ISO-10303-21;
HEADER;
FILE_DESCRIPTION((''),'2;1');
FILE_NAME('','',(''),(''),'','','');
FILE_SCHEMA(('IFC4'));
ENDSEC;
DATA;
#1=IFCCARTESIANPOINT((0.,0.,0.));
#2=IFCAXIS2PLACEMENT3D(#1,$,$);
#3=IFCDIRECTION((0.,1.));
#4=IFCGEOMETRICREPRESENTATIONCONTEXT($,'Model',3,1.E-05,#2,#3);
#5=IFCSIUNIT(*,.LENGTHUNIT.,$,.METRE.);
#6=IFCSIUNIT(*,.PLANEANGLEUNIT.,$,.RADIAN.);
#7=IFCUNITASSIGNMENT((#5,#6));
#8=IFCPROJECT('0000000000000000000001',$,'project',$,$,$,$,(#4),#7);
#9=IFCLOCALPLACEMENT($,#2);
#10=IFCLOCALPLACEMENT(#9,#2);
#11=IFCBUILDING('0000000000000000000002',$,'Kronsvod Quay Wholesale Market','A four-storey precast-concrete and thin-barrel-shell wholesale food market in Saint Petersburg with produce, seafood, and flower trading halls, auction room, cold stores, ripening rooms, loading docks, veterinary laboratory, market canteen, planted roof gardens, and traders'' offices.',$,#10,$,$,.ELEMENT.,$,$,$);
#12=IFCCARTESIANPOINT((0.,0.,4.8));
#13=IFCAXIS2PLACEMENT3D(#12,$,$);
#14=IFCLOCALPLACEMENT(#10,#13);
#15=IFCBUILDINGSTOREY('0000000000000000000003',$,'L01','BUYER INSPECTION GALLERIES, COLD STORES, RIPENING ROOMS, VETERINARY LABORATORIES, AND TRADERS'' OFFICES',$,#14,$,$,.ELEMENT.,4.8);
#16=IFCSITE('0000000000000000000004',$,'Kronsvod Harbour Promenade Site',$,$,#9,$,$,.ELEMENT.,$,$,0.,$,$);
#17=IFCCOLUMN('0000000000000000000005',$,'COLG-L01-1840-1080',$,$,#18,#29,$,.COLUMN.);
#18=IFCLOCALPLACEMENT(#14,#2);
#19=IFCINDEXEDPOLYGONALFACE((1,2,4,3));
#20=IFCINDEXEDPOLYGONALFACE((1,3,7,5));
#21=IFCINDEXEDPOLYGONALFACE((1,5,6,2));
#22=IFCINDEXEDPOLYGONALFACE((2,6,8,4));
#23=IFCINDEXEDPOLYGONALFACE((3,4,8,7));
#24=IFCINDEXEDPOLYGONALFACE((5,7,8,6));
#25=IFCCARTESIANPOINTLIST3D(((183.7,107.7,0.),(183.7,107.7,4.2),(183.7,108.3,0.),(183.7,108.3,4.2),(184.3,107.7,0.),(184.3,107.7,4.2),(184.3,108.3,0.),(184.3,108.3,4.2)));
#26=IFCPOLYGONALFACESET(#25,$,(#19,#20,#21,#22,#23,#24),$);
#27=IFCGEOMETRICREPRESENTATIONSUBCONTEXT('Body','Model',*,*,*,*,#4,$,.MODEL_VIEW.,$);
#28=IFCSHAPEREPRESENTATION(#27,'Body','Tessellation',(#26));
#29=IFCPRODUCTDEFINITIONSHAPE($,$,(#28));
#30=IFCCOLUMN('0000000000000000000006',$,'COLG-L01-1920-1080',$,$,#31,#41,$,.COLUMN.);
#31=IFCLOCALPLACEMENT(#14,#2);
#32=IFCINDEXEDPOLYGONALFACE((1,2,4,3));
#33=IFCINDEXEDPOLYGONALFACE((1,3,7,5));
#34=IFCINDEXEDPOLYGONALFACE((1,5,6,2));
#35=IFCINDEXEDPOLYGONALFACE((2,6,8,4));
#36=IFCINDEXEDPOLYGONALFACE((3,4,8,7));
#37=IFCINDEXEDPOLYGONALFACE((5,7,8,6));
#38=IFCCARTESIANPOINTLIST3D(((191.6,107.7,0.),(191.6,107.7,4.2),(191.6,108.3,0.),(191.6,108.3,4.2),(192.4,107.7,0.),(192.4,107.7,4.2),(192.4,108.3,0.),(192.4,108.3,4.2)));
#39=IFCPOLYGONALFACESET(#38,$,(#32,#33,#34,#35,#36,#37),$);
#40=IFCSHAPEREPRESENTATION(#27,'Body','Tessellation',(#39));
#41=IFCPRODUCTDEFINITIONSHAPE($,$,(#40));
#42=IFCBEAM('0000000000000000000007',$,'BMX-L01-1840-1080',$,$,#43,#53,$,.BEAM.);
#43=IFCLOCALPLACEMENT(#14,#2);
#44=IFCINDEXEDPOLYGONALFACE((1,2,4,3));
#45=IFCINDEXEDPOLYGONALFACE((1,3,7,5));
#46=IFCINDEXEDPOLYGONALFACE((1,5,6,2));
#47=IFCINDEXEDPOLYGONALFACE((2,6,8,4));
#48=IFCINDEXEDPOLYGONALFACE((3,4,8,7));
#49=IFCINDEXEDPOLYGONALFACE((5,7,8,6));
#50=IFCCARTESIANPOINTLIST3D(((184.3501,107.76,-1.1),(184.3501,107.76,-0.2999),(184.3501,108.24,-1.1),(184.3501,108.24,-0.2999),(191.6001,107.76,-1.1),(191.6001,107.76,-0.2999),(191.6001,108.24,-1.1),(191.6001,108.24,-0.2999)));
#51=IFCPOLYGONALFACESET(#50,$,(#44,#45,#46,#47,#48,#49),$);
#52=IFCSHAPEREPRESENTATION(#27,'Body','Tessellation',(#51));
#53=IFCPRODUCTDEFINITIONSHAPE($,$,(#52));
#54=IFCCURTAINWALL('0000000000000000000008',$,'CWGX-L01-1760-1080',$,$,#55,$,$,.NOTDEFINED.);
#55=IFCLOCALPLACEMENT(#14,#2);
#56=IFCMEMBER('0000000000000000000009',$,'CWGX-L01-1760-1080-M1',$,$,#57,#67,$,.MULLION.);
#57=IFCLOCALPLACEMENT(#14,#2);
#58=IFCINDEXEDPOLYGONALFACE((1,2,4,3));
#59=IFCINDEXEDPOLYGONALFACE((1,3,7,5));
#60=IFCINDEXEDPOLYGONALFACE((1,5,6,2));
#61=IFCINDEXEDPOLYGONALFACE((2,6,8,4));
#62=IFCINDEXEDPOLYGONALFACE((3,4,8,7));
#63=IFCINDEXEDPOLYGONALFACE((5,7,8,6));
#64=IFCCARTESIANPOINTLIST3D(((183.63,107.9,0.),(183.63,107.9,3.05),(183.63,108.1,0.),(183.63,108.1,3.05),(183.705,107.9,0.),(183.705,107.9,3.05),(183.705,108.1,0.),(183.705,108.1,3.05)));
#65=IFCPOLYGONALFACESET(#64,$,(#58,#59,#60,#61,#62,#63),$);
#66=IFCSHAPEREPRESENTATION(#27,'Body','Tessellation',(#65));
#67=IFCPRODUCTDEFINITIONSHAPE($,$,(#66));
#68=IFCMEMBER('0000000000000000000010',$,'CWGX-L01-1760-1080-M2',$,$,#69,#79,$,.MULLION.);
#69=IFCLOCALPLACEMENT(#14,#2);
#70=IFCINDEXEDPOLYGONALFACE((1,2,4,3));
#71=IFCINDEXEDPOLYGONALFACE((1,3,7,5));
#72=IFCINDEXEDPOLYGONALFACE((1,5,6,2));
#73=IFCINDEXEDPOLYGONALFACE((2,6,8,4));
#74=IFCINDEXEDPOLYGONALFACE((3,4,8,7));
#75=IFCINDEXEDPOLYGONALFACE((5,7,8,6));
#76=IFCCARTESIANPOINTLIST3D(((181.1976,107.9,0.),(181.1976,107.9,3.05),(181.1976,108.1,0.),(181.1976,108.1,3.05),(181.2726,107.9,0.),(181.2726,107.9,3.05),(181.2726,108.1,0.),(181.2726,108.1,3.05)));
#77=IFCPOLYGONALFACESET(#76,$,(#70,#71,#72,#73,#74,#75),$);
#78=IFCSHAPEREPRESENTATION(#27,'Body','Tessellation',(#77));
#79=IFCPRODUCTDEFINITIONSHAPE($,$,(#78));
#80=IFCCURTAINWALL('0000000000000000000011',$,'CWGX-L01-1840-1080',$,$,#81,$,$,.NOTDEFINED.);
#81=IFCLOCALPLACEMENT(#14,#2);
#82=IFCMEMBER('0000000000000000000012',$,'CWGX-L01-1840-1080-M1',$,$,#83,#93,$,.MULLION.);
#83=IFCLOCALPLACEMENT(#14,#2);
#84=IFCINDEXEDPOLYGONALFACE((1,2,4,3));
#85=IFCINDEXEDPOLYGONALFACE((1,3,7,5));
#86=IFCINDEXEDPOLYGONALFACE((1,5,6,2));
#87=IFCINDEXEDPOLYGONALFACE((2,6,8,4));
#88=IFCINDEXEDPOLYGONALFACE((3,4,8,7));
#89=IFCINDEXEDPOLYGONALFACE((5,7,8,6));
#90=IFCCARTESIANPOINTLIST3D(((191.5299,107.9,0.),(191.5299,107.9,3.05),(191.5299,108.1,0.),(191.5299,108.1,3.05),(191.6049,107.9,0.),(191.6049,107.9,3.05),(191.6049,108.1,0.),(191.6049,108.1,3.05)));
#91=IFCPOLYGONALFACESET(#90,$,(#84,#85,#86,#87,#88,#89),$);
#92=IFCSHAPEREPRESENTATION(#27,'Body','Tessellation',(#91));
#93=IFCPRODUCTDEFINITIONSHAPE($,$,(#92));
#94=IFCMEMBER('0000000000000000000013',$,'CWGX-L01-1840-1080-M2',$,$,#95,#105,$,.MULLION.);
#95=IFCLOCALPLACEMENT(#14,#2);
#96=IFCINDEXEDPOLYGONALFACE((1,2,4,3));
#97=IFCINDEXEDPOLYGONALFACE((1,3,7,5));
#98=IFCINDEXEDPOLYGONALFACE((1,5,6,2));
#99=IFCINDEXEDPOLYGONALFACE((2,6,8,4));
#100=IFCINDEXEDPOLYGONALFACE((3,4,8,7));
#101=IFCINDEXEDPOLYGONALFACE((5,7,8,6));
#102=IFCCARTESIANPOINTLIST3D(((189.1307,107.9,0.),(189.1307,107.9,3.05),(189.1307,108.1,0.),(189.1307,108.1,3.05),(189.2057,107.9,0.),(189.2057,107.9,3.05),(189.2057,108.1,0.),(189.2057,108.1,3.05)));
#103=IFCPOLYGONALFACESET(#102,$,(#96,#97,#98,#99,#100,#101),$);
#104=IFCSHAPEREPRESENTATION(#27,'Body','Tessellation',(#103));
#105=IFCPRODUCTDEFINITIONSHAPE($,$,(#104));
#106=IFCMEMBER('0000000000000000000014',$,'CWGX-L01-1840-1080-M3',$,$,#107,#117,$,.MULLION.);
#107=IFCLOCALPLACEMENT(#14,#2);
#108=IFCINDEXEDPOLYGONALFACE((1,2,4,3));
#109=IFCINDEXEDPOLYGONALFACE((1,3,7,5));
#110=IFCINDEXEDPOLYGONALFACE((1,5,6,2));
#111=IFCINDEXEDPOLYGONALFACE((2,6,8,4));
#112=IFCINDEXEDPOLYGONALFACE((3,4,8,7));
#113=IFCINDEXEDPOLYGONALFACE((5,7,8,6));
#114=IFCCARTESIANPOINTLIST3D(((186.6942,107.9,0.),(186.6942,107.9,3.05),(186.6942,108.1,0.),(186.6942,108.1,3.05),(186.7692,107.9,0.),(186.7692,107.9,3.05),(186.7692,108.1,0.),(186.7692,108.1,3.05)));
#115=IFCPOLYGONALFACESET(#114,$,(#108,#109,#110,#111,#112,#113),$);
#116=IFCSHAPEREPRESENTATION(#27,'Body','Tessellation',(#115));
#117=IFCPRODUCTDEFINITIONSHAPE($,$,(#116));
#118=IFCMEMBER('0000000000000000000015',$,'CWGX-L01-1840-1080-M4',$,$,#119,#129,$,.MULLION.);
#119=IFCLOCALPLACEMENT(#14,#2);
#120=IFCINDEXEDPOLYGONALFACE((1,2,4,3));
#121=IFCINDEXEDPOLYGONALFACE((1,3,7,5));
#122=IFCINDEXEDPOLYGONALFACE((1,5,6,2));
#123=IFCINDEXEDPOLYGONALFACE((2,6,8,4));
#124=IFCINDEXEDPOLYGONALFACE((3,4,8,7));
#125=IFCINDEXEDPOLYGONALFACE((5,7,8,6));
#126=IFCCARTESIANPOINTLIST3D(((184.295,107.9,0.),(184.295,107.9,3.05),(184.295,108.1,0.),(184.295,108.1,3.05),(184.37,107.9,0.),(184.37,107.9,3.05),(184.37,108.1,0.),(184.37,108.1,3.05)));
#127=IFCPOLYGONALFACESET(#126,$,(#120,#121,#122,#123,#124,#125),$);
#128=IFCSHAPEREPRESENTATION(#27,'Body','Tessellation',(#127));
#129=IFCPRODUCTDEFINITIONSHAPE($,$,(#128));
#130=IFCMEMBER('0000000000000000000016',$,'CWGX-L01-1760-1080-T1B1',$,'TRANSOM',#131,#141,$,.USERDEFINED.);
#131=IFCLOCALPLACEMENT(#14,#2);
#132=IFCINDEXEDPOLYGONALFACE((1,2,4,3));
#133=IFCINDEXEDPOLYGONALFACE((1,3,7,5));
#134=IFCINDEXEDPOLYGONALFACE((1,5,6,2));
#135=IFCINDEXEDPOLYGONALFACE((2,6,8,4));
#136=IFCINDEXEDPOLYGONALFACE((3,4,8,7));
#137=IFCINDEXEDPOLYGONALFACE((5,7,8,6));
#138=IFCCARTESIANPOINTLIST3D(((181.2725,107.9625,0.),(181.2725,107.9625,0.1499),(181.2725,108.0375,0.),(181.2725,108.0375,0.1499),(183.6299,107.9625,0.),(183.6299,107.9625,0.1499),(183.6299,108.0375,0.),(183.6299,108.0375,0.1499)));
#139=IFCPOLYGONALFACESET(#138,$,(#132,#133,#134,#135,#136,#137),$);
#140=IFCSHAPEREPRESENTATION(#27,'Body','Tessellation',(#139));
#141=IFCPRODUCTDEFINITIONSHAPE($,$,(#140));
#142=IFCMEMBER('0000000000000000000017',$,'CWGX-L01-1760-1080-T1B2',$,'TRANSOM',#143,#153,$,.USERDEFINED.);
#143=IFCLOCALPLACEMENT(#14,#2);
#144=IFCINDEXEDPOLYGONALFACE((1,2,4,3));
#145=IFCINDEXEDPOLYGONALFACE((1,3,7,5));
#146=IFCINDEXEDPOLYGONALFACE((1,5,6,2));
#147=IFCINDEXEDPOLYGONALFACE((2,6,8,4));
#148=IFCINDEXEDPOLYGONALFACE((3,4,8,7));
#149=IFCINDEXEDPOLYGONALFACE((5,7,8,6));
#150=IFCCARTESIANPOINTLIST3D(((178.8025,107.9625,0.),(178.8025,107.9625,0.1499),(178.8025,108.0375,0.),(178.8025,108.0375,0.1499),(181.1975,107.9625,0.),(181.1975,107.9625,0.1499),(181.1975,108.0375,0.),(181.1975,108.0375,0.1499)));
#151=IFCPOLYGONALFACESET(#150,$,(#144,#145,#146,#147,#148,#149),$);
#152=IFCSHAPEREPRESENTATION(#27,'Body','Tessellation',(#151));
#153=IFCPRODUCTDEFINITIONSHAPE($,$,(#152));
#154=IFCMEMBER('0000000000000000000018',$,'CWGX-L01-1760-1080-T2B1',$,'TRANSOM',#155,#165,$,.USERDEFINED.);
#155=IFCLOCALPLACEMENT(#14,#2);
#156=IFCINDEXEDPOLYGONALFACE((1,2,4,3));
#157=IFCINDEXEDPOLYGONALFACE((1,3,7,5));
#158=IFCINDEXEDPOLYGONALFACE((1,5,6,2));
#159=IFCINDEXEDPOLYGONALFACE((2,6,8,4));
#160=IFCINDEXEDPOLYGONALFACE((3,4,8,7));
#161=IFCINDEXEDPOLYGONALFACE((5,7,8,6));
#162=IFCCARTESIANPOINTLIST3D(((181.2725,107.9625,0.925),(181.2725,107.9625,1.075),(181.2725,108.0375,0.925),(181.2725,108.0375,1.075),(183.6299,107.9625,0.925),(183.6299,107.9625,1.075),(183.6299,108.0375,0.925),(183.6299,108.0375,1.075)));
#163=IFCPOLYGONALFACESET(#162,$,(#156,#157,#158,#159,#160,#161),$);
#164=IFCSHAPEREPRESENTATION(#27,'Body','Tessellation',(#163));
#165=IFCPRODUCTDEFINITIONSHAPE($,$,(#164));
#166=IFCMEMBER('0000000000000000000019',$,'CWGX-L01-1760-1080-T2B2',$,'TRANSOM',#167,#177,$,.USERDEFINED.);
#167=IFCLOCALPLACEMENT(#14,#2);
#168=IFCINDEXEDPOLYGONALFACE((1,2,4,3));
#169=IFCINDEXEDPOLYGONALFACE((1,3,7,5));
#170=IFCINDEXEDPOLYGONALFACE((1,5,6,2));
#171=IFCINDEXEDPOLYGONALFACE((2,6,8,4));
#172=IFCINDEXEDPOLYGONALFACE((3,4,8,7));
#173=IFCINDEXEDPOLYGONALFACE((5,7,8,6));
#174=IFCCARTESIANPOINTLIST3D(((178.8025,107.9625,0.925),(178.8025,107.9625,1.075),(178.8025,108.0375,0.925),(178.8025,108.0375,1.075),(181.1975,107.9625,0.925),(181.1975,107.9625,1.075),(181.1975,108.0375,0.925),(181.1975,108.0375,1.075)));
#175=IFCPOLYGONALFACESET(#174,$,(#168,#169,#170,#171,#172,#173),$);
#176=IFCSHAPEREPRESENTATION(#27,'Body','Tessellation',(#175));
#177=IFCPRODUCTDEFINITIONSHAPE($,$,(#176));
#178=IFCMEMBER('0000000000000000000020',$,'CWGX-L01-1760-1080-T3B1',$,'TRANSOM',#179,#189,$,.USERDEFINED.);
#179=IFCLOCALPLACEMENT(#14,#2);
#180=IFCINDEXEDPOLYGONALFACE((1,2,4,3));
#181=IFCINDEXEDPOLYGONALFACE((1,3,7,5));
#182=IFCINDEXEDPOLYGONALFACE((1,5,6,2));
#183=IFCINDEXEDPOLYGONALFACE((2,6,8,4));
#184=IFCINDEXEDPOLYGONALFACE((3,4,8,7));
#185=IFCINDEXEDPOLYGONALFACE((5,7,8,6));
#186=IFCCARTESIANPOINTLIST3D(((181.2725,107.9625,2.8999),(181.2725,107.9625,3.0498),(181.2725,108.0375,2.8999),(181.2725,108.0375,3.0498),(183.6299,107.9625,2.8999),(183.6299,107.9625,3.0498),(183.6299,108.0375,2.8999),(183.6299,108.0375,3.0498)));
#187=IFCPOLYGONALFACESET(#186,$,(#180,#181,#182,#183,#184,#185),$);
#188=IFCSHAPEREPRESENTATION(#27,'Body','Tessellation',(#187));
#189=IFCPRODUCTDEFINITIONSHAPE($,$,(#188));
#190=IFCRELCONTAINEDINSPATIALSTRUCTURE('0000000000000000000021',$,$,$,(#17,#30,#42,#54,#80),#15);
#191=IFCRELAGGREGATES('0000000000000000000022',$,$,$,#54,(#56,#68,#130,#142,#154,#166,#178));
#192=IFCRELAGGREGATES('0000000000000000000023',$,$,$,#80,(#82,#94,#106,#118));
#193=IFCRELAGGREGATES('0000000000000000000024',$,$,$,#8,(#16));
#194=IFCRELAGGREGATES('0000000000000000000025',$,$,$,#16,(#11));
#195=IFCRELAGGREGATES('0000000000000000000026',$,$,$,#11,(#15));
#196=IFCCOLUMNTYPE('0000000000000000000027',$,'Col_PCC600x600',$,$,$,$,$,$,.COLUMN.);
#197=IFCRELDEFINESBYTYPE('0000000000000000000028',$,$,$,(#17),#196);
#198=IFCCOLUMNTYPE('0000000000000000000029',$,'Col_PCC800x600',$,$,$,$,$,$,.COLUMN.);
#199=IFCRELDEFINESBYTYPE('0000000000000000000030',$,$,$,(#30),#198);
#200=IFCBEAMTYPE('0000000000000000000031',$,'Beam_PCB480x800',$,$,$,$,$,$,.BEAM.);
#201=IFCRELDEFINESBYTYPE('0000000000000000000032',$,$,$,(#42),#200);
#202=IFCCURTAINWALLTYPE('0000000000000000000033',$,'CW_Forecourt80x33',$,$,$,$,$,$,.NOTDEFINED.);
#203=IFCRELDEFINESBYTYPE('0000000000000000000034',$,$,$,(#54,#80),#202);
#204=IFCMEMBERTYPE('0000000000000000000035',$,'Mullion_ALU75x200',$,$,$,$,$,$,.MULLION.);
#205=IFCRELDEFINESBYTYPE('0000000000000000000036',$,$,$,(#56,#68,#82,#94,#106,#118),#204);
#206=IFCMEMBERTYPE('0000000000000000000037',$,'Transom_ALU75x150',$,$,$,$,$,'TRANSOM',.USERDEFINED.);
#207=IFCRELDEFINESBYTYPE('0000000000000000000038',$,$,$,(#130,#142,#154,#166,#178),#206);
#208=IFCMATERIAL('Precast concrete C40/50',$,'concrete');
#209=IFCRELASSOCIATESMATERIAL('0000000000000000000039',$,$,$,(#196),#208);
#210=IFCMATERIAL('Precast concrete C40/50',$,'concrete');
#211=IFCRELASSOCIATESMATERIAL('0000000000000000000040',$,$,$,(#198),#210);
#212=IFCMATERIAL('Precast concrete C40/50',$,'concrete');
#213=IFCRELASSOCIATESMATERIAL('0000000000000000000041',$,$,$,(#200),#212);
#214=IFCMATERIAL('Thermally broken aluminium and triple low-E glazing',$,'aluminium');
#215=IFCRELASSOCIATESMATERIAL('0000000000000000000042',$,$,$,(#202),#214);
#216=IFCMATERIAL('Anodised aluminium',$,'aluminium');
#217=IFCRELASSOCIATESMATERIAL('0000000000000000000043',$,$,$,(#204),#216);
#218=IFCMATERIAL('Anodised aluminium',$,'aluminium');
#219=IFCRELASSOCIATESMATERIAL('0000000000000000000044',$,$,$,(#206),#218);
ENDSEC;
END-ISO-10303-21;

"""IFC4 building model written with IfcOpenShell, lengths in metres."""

from ifc_helpers import new_model, si_unit, direction, frame, origin, origin_2d, place, context, subcontext, project, spatial, rectangle, extrude, material, material_profile, profile_set, type_object, element, aggregate, save


model = new_model("IFC4")

# Units and contexts
model_context = context("Model", 3, precision=1e-05, world=origin(), true_north=direction((0.0, 1.0)))
body_context = subcontext(model_context, "Body", "Model", "MODEL_VIEW")
ifc_project = project(units=[si_unit("LENGTHUNIT", "METRE"), si_unit("PLANEANGLEUNIT", "RADIAN")], contexts=[model_context])

# Site, building, storey
site_placement = place(None, origin())
site = spatial("IfcSite", under=ifc_project, at=site_placement, Name="Kronsvod Harbour Promenade Site", CompositionType="ELEMENT", RefElevation=0.0)
building_placement = place(site_placement, origin())
building = spatial("IfcBuilding", under=site, at=building_placement, Name="Kronsvod Quay Wholesale Market", Description="A four-storey precast-concrete and thin-barrel-shell wholesale food market in Saint Petersburg with produce, seafood, and flower trading halls, auction room, cold stores, ripening rooms, loading docks, veterinary laboratory, market canteen, planted roof gardens, and traders' offices.", CompositionType="ELEMENT")
storey_placement = place(building_placement, frame((0.0, 0.0, 4.8)))
storey = spatial("IfcBuildingStorey", under=building, at=storey_placement, Name="L01", Description="BUYER INSPECTION GALLERIES, COLD STORES, RIPENING ROOMS, VETERINARY LABORATORIES, AND TRADERS' OFFICES", CompositionType="ELEMENT", Elevation=4.8)

# Columns
ifc_material_1 = material(Name="Precast concrete C40/50", Category="concrete")
ifc_material_profile_1 = material_profile(ifc_material_1, rectangle(XDim=0.6001, YDim=0.6001, at=origin_2d()), Name="PCC600x600")
ifc_profile_set_1 = profile_set([ifc_material_profile_1], Name="Precast concrete C40/50")
column_type_1 = type_object("IfcColumnType", Name="Col_PCC600x600", PredefinedType="COLUMN", material=ifc_profile_set_1)
column_1_placement = place(storey_placement, frame((184.0, 108.0, 0.0), z_axis=(0.0, 0.0, 1.0), x_axis=(1.0, 0.0, 0.0)))
element("IfcColumn", 1, at=column_1_placement, inside=storey, type_object=column_type_1, Name="COLG-L01-1840-1080", PredefinedType="COLUMN", context=body_context, shape_type="SweptSolid", body=[
    extrude(rectangle(XDim=0.6001, YDim=0.6001, at=origin_2d()), origin(), (0.0, 0.0, 1.0), 4.2),
])
ifc_material_2 = material(Name="Precast concrete C40/50", Category="concrete")
ifc_material_profile_2 = material_profile(ifc_material_2, rectangle(XDim=0.8, YDim=0.6001, at=origin_2d()), Name="PCC800x600")
ifc_profile_set_2 = profile_set([ifc_material_profile_2], Name="Precast concrete C40/50")
column_type_2 = type_object("IfcColumnType", Name="Col_PCC800x600", PredefinedType="COLUMN", material=ifc_profile_set_2)
column_2_placement = place(storey_placement, frame((192.0, 108.0, 0.0), z_axis=(0.0, 0.0, 1.0), x_axis=(1.0, 0.0, 0.0)))
element("IfcColumn", 2, at=column_2_placement, inside=storey, type_object=column_type_2, Name="COLG-L01-1920-1080", PredefinedType="COLUMN", context=body_context, shape_type="SweptSolid", body=[
    extrude(rectangle(XDim=0.8, YDim=0.6001, at=origin_2d()), origin(), (0.0, 0.0, 1.0), 4.2),
])

# Beam
ifc_material_3 = material(Name="Precast concrete C40/50", Category="concrete")
ifc_material_profile_3 = material_profile(ifc_material_3, rectangle(XDim=0.48, YDim=0.8, at=origin_2d()), Name="PB-04")
ifc_profile_set_3 = profile_set([ifc_material_profile_3], Name="Precast concrete C40/50")
beam_type = type_object("IfcBeamType", Name="Beam_PCB480x800", PredefinedType="BEAM", material=ifc_profile_set_3)
beam_placement = place(storey_placement, frame((184.3501, 108.0, -0.7), z_axis=(1.0, 0.0, 0.0), x_axis=(0.0, 1.0, 0.0)))
element("IfcBeam", 3, at=beam_placement, inside=storey, type_object=beam_type, Name="BMX-L01-1840-1080", PredefinedType="BEAM", context=body_context, shape_type="SweptSolid", body=[
    extrude(rectangle(XDim=0.48, YDim=0.8, at=origin_2d()), origin(), (0.0, 0.0, 1.0), 7.25),
])

# Curtain walls, members
ifc_material_4 = material(Name="Thermally broken aluminium and triple low-E glazing", Category="aluminium")
curtain_wall_type = type_object("IfcCurtainWallType", Name="CW_Forecourt80x33", PredefinedType="NOTDEFINED", material=ifc_material_4)
curtain_wall_1_placement = place(storey_placement, origin())
curtain_wall_1 = element("IfcCurtainWall", 4, at=curtain_wall_1_placement, inside=storey, type_object=curtain_wall_type, Name="CWGX-L01-1760-1080", PredefinedType="NOTDEFINED")
ifc_material_5 = material(Name="Anodised aluminium", Category="aluminium")
ifc_material_profile_4 = material_profile(ifc_material_5, rectangle(XDim=0.075, YDim=0.2, at=origin_2d()), Name="ALUM75x200")
ifc_profile_set_4 = profile_set([ifc_material_profile_4], Name="Anodised aluminium")
member_type_1 = type_object("IfcMemberType", Name="Mullion_ALU75x200", PredefinedType="MULLION", material=ifc_profile_set_4)
member_1_placement = place(storey_placement, frame((183.6675, 108.0, 0.0), z_axis=(0.0, 0.0, 1.0), x_axis=(1.0, 0.0, 0.0)))
member_1 = element("IfcMember", 5, at=member_1_placement, type_object=member_type_1, Name="CWGX-L01-1760-1080-M1", PredefinedType="MULLION", context=body_context, shape_type="SweptSolid", body=[
    extrude(rectangle(XDim=0.075, YDim=0.2, at=origin_2d()), origin(), (0.0, 0.0, 1.0), 3.05),
])
member_2_placement = place(storey_placement, frame((181.2351, 108.0, 0.0), z_axis=(0.0, 0.0, 1.0), x_axis=(1.0, 0.0, 0.0)))
member_2 = element("IfcMember", 6, at=member_2_placement, type_object=member_type_1, Name="CWGX-L01-1760-1080-M2", PredefinedType="MULLION", context=body_context, shape_type="SweptSolid", body=[
    extrude(rectangle(XDim=0.075, YDim=0.2, at=origin_2d()), origin(), (0.0, 0.0, 1.0), 3.05),
])
curtain_wall_2_placement = place(storey_placement, origin())
curtain_wall_2 = element("IfcCurtainWall", 7, at=curtain_wall_2_placement, inside=storey, type_object=curtain_wall_type, Name="CWGX-L01-1840-1080", PredefinedType="NOTDEFINED")
member_3_placement = place(storey_placement, frame((191.5674, 108.0, 0.0), z_axis=(0.0, 0.0, 1.0), x_axis=(1.0, 0.0, 0.0)))
member_3 = element("IfcMember", 8, at=member_3_placement, type_object=member_type_1, Name="CWGX-L01-1840-1080-M1", PredefinedType="MULLION", context=body_context, shape_type="SweptSolid", body=[
    extrude(rectangle(XDim=0.075, YDim=0.2, at=origin_2d()), origin(), (0.0, 0.0, 1.0), 3.05),
])
member_4_placement = place(storey_placement, frame((189.1682, 108.0, 0.0), z_axis=(0.0, 0.0, 1.0), x_axis=(1.0, 0.0, 0.0)))
member_4 = element("IfcMember", 9, at=member_4_placement, type_object=member_type_1, Name="CWGX-L01-1840-1080-M2", PredefinedType="MULLION", context=body_context, shape_type="SweptSolid", body=[
    extrude(rectangle(XDim=0.075, YDim=0.2, at=origin_2d()), origin(), (0.0, 0.0, 1.0), 3.05),
])
member_5_placement = place(storey_placement, frame((186.7317, 108.0, 0.0), z_axis=(0.0, 0.0, 1.0), x_axis=(1.0, 0.0, 0.0)))
member_5 = element("IfcMember", 10, at=member_5_placement, type_object=member_type_1, Name="CWGX-L01-1840-1080-M3", PredefinedType="MULLION", context=body_context, shape_type="SweptSolid", body=[
    extrude(rectangle(XDim=0.075, YDim=0.2, at=origin_2d()), origin(), (0.0, 0.0, 1.0), 3.05),
])
member_6_placement = place(storey_placement, frame((184.3325, 108.0, 0.0), z_axis=(0.0, 0.0, 1.0), x_axis=(1.0, 0.0, 0.0)))
member_6 = element("IfcMember", 11, at=member_6_placement, type_object=member_type_1, Name="CWGX-L01-1840-1080-M4", PredefinedType="MULLION", context=body_context, shape_type="SweptSolid", body=[
    extrude(rectangle(XDim=0.075, YDim=0.2, at=origin_2d()), origin(), (0.0, 0.0, 1.0), 3.05),
])

# Members
ifc_material_6 = material(Name="Anodised aluminium", Category="aluminium")
ifc_material_profile_5 = material_profile(ifc_material_6, rectangle(XDim=0.075, YDim=0.1499, at=origin_2d()), Name="ALUT75x150")
ifc_profile_set_5 = profile_set([ifc_material_profile_5], Name="Anodised aluminium")
member_type_2 = type_object("IfcMemberType", Name="Transom_ALU75x150", ElementType="TRANSOM", PredefinedType="USERDEFINED", material=ifc_profile_set_5)
member_7_placement = place(storey_placement, frame((183.6299, 108.0, 0.075), z_axis=(-1.0, 0.0, 0.0), x_axis=(0.0, -1.0, 0.0)))
member_7 = element("IfcMember", 12, at=member_7_placement, type_object=member_type_2, Name="CWGX-L01-1760-1080-T1B1", ObjectType="TRANSOM", PredefinedType="USERDEFINED", context=body_context, shape_type="SweptSolid", body=[
    extrude(rectangle(XDim=0.075, YDim=0.1499, at=origin_2d()), origin(), (0.0, 0.0, 1.0), 2.3574),
])
member_8_placement = place(storey_placement, frame((181.1975, 108.0, 0.075), z_axis=(-1.0, 0.0, 0.0), x_axis=(0.0, -1.0, 0.0)))
member_8 = element("IfcMember", 13, at=member_8_placement, type_object=member_type_2, Name="CWGX-L01-1760-1080-T1B2", ObjectType="TRANSOM", PredefinedType="USERDEFINED", context=body_context, shape_type="SweptSolid", body=[
    extrude(rectangle(XDim=0.075, YDim=0.1499, at=origin_2d()), origin(), (0.0, 0.0, 1.0), 2.395),
])
member_9_placement = place(storey_placement, frame((183.6299, 108.0, 1.0), z_axis=(-1.0, 0.0, 0.0), x_axis=(0.0, -1.0, 0.0)))
member_9 = element("IfcMember", 14, at=member_9_placement, type_object=member_type_2, Name="CWGX-L01-1760-1080-T2B1", ObjectType="TRANSOM", PredefinedType="USERDEFINED", context=body_context, shape_type="SweptSolid", body=[
    extrude(rectangle(XDim=0.075, YDim=0.1499, at=origin_2d()), origin(), (0.0, 0.0, 1.0), 2.3574),
])
member_10_placement = place(storey_placement, frame((181.1975, 108.0, 1.0), z_axis=(-1.0, 0.0, 0.0), x_axis=(0.0, -1.0, 0.0)))
member_10 = element("IfcMember", 15, at=member_10_placement, type_object=member_type_2, Name="CWGX-L01-1760-1080-T2B2", ObjectType="TRANSOM", PredefinedType="USERDEFINED", context=body_context, shape_type="SweptSolid", body=[
    extrude(rectangle(XDim=0.075, YDim=0.1499, at=origin_2d()), origin(), (0.0, 0.0, 1.0), 2.395),
])
member_11_placement = place(storey_placement, frame((183.6299, 108.0, 2.9749), z_axis=(-1.0, 0.0, 0.0), x_axis=(0.0, -1.0, 0.0)))
member_11 = element("IfcMember", 16, at=member_11_placement, type_object=member_type_2, Name="CWGX-L01-1760-1080-T3B1", ObjectType="TRANSOM", PredefinedType="USERDEFINED", context=body_context, shape_type="SweptSolid", body=[
    extrude(rectangle(XDim=0.075, YDim=0.1499, at=origin_2d()), origin(), (0.0, 0.0, 1.0), 2.3574),
])

aggregate(curtain_wall_1, [member_1, member_2, member_7, member_8, member_9, member_10, member_11])
aggregate(curtain_wall_2, [member_3, member_4, member_5, member_6])

save(model, "model.ifc")
